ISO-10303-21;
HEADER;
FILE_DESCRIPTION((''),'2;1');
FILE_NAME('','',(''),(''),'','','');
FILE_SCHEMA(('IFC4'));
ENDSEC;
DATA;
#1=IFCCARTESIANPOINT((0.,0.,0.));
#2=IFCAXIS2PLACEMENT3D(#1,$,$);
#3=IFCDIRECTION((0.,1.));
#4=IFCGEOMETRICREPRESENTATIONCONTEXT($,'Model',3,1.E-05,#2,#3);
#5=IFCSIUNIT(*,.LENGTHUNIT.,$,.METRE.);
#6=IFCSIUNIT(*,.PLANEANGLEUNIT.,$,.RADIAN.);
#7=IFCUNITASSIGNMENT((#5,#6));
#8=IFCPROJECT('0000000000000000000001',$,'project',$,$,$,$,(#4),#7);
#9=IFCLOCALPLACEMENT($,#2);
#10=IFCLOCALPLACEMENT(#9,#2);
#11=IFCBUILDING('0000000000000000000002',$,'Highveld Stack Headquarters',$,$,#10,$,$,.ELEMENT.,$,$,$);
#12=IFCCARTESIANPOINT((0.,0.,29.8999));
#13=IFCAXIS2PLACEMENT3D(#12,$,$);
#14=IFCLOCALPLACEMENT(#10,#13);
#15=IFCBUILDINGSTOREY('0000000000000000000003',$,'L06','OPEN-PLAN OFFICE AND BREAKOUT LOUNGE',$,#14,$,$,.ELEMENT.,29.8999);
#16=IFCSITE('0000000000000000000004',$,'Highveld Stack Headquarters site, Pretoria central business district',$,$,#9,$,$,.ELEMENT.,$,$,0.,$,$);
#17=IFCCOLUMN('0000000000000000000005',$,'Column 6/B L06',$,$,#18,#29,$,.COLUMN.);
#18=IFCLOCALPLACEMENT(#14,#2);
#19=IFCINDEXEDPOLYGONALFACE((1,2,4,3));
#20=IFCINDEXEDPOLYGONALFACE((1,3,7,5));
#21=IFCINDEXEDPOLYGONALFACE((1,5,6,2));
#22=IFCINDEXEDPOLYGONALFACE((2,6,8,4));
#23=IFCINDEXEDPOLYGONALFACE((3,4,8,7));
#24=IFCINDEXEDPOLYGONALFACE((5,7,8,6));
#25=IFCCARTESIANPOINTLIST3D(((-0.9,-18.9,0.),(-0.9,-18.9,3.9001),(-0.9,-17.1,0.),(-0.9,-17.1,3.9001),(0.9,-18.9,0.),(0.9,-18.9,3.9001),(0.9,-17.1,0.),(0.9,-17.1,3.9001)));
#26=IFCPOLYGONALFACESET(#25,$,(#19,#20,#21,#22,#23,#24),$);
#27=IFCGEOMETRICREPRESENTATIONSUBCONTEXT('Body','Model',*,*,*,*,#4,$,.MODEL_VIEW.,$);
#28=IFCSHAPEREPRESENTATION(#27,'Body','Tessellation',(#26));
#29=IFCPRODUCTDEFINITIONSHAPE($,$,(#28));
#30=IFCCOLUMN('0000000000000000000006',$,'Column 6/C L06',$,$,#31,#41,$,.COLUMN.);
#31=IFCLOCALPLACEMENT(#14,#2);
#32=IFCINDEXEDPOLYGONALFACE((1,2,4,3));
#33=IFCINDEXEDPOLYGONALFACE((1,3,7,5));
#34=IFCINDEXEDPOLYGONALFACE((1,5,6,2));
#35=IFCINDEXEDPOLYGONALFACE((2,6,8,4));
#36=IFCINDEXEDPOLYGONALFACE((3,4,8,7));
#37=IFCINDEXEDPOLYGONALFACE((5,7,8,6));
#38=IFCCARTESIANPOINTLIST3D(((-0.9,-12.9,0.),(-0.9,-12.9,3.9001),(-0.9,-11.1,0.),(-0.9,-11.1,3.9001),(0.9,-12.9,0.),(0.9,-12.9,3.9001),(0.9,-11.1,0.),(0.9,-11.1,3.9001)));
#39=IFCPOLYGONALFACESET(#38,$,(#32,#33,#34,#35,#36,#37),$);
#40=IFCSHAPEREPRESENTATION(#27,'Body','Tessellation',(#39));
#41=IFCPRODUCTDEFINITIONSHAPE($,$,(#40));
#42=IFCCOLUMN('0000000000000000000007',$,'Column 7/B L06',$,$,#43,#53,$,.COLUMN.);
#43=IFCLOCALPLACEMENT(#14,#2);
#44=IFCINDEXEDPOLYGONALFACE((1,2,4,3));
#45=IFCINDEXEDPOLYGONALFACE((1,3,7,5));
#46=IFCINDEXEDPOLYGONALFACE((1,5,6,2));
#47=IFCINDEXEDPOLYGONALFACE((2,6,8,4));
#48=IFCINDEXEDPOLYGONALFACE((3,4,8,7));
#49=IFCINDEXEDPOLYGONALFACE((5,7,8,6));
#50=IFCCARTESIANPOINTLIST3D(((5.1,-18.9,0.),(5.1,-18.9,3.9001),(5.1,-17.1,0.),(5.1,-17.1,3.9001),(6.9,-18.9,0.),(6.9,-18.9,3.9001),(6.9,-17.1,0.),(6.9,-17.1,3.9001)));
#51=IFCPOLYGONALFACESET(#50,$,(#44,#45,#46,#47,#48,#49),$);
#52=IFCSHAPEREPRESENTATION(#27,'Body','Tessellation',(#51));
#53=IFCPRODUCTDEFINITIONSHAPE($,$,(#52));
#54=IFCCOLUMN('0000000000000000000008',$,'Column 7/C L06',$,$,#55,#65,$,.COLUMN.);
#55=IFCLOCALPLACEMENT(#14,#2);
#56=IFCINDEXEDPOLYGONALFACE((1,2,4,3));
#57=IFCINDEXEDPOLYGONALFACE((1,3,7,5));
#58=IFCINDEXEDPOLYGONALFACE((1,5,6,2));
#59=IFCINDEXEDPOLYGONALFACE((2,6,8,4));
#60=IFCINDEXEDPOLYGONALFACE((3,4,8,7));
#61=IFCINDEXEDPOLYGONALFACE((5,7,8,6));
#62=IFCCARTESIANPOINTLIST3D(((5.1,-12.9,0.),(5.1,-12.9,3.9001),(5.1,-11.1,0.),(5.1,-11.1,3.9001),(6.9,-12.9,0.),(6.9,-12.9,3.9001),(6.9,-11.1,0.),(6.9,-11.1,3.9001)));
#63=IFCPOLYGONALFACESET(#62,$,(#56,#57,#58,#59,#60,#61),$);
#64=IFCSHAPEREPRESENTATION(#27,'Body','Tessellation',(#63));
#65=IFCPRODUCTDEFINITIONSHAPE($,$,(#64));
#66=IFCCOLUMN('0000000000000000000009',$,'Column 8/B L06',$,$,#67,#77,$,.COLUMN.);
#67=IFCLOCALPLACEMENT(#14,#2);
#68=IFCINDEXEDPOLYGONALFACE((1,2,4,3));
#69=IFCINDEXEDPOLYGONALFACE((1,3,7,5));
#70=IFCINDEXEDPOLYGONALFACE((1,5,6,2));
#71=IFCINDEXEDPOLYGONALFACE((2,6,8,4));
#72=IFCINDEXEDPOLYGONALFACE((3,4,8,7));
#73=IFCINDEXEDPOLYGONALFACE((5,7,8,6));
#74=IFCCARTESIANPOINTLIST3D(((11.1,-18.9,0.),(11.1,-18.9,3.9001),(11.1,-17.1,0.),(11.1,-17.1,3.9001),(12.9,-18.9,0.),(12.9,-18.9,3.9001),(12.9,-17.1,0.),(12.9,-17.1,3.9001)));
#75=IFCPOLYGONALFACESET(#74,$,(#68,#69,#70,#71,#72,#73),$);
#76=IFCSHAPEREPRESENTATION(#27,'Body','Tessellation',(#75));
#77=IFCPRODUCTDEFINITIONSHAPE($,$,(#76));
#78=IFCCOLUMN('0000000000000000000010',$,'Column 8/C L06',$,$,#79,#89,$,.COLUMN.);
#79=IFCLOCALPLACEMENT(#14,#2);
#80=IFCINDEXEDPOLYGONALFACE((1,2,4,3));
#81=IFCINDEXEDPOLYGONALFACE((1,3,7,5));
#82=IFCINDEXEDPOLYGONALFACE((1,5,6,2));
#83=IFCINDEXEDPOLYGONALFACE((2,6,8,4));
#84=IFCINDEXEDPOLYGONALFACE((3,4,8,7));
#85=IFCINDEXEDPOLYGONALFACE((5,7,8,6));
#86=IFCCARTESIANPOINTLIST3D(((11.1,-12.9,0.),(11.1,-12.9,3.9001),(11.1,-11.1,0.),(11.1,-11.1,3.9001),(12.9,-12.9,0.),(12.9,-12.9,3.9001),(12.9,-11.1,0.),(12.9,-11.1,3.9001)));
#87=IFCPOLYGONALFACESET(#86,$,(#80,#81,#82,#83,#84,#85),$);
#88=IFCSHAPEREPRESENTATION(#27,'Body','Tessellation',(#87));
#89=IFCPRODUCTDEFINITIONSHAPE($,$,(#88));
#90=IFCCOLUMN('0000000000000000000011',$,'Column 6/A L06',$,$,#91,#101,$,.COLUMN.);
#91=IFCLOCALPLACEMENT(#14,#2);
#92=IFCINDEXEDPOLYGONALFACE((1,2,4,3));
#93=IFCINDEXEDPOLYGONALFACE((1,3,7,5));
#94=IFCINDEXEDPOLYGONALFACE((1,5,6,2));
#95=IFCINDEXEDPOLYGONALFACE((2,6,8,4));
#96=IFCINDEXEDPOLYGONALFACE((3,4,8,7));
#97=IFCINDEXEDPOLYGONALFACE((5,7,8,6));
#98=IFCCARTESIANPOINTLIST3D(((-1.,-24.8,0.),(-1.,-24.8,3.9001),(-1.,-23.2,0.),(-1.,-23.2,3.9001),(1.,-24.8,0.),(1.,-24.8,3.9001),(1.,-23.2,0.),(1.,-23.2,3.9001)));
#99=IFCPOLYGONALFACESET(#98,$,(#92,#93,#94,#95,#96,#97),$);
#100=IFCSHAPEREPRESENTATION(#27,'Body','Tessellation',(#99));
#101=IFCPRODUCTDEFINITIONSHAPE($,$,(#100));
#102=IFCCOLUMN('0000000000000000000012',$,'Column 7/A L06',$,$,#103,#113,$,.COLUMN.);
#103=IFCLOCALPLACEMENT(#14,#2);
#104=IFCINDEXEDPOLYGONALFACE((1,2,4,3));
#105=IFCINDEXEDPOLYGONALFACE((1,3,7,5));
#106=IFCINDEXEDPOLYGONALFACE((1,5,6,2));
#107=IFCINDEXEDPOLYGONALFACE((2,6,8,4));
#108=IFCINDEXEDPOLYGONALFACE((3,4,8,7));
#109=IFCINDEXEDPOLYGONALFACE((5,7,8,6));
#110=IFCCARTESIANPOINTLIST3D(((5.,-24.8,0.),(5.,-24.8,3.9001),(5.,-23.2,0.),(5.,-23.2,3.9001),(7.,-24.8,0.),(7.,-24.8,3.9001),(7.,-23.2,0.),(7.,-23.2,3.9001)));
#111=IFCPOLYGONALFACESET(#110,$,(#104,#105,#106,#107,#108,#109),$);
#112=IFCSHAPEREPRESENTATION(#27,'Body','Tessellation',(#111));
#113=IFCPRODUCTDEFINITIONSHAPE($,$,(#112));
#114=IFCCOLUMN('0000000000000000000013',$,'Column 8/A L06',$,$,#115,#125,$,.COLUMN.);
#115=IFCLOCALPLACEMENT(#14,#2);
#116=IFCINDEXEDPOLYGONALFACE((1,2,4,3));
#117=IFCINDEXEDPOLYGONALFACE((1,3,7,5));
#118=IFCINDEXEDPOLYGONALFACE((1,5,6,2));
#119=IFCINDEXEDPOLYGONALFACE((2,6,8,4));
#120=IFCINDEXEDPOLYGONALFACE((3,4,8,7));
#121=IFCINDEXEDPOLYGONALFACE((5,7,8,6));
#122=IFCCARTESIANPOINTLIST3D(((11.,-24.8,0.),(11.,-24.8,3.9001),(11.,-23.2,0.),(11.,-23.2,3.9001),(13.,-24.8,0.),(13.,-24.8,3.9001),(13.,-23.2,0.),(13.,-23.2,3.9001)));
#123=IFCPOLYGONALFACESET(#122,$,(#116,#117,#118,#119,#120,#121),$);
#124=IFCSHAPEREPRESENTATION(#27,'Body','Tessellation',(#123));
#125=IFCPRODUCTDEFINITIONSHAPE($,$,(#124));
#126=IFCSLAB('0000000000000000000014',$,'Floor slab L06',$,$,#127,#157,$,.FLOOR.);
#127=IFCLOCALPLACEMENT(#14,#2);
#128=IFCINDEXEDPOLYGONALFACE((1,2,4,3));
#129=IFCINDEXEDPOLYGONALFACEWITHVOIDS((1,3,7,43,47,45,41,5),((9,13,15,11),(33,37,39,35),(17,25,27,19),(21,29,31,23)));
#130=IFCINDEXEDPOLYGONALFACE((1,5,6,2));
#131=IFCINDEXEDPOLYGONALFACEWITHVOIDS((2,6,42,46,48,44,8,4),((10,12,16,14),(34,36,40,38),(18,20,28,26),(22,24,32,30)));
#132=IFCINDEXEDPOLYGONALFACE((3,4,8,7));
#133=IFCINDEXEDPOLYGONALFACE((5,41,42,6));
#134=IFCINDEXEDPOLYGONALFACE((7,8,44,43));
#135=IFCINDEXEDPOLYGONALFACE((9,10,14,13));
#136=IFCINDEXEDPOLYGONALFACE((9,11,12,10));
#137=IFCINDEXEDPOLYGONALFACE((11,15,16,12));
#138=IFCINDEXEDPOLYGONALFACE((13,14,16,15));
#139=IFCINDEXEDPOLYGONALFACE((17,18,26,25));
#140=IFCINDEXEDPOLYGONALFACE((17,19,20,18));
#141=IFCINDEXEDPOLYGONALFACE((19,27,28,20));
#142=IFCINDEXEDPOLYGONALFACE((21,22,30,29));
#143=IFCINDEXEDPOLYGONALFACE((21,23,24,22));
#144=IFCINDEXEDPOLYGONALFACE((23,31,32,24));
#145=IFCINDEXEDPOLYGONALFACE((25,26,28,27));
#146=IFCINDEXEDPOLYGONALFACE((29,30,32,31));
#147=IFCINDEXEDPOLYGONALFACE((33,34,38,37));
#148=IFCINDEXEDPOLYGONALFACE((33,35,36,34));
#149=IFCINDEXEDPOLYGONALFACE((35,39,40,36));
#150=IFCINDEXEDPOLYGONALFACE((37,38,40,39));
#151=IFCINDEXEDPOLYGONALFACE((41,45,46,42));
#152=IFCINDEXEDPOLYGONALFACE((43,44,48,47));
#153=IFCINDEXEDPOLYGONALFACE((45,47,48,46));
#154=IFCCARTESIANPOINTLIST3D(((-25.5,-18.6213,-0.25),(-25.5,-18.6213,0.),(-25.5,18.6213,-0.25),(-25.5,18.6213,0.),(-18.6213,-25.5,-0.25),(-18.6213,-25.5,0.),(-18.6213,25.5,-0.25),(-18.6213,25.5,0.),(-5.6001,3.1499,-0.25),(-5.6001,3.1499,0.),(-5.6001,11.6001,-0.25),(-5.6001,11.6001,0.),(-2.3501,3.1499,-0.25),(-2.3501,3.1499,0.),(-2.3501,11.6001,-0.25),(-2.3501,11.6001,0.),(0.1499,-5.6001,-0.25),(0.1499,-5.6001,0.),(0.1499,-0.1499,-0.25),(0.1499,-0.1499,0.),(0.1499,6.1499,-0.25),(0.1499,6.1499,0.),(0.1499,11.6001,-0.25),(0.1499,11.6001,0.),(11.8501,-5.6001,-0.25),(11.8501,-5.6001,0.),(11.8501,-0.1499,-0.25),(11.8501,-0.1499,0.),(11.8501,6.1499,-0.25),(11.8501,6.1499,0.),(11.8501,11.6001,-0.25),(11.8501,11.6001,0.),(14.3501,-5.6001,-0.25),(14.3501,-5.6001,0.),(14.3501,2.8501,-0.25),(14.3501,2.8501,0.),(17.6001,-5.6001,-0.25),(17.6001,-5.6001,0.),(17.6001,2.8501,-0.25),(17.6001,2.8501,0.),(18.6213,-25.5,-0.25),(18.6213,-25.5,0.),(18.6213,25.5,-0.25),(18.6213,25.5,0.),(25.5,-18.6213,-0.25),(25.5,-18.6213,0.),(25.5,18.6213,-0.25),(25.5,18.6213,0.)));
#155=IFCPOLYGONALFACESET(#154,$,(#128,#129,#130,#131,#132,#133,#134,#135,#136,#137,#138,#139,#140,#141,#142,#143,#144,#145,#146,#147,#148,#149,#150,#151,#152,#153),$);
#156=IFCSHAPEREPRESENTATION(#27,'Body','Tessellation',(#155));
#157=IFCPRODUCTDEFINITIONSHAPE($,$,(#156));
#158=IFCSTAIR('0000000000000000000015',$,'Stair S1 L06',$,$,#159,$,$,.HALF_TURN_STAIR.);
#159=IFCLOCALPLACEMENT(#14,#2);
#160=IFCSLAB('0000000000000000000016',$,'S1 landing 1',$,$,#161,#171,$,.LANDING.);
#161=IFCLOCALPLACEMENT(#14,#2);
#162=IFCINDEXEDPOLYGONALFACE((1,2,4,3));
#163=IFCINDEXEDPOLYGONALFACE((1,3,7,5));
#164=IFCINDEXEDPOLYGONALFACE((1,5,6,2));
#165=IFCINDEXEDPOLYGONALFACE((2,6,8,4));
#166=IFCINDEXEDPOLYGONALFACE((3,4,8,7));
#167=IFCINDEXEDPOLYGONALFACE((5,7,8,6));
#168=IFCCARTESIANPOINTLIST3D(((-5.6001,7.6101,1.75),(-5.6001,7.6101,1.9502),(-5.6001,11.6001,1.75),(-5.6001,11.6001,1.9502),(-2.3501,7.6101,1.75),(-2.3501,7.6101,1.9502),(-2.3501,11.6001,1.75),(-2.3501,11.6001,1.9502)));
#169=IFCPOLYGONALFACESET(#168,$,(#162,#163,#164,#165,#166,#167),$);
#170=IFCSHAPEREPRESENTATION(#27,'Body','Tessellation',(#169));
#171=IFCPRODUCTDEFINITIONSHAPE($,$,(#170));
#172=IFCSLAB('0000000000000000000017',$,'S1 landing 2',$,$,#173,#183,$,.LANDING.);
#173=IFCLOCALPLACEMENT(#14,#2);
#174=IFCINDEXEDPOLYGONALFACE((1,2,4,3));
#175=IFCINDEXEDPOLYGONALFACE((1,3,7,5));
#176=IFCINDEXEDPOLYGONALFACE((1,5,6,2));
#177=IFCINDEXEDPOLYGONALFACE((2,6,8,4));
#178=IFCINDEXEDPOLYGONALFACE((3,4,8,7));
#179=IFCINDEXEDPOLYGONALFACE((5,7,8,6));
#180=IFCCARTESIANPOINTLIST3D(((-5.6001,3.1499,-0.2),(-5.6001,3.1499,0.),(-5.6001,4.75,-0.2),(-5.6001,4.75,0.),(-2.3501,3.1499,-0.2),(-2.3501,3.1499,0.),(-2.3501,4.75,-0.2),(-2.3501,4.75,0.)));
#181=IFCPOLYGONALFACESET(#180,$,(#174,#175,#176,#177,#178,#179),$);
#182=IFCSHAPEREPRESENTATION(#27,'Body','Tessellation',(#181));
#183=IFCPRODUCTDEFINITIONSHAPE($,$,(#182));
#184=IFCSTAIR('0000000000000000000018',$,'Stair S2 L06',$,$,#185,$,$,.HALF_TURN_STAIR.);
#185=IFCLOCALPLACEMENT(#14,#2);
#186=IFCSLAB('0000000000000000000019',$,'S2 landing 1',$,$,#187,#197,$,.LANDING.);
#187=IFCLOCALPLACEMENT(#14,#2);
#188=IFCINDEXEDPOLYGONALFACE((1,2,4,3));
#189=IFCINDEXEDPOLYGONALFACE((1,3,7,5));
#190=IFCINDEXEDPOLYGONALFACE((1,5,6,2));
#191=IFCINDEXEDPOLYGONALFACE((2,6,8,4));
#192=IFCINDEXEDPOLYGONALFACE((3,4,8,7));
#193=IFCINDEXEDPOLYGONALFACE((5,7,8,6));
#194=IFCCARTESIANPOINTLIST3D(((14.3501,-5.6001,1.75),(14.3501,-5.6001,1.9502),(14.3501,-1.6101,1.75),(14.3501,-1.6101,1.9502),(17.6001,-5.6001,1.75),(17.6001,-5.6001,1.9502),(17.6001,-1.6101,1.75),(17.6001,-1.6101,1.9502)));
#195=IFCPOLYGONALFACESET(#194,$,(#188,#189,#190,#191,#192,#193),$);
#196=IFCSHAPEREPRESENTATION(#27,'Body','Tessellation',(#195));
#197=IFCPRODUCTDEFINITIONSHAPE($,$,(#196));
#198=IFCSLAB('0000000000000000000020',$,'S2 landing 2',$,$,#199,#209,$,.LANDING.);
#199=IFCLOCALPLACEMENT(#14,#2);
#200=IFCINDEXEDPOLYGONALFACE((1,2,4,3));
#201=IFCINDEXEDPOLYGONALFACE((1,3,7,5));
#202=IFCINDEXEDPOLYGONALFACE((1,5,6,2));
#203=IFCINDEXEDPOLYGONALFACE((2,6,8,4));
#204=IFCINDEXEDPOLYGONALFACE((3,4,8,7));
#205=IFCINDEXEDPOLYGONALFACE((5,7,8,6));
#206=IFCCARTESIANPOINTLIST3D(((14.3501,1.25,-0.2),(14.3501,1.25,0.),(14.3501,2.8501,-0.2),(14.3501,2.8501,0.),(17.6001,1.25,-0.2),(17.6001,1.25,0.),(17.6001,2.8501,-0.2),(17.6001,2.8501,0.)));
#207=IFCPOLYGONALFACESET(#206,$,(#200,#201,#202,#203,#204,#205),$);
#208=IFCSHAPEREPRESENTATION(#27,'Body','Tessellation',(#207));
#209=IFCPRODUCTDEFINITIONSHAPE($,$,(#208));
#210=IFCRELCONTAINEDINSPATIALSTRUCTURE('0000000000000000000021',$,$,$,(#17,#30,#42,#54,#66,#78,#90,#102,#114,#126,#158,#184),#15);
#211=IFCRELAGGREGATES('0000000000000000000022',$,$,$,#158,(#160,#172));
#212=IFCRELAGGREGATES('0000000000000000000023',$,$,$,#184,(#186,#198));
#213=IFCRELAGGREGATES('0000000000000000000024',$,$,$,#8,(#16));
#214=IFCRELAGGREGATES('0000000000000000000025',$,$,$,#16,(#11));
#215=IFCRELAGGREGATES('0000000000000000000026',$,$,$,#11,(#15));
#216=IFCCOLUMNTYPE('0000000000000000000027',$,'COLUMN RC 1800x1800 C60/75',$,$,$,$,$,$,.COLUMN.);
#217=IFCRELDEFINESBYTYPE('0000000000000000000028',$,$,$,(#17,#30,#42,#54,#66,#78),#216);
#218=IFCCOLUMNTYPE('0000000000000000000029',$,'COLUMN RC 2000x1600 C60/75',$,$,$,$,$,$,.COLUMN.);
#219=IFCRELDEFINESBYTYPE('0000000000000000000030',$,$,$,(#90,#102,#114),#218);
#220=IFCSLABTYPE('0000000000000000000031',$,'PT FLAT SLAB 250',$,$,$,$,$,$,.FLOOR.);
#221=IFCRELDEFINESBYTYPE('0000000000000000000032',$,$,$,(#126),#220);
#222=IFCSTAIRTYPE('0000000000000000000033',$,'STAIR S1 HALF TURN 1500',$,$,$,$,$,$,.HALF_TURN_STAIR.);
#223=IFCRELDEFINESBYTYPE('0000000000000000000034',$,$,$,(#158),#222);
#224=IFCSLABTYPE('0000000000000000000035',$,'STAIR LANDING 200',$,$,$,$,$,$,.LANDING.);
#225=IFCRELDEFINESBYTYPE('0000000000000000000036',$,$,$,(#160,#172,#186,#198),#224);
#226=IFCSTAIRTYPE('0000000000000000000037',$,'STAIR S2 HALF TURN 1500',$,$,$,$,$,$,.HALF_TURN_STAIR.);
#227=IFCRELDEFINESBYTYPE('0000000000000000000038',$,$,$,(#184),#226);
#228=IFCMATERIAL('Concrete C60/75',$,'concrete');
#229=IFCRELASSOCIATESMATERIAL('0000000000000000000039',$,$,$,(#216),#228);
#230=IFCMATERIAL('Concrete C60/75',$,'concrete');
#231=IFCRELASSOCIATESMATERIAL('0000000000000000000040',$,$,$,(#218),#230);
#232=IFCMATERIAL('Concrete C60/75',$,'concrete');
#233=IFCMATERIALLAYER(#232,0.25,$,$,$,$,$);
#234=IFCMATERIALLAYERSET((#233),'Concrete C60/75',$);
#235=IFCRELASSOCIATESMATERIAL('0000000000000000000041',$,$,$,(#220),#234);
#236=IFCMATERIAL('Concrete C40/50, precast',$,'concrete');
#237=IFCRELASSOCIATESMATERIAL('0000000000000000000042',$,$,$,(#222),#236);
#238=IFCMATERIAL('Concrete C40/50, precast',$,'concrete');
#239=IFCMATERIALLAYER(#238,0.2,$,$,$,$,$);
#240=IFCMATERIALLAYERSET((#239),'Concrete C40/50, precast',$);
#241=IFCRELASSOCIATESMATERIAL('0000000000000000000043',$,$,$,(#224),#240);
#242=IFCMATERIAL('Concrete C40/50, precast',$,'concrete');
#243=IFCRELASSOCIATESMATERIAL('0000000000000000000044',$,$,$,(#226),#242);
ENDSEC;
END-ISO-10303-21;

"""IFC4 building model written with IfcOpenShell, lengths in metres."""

from ifc_helpers import new_model, si_unit, direction, frame, origin, origin_2d, place, context, subcontext, project, spatial, polyline, rectangle, outline, extrude, material, layer, layer_set, material_profile, profile_set, type_object, element, aggregate, save


model = new_model("IFC4")

# Units and contexts
model_context = context("Model", 3, precision=1e-05, world=origin(), true_north=direction((0.0, 1.0)))
body_context = subcontext(model_context, "Body", "Model", "MODEL_VIEW")
ifc_project = project(units=[si_unit("LENGTHUNIT", "METRE"), si_unit("PLANEANGLEUNIT", "RADIAN")], contexts=[model_context])

# Site, building, storey
site_placement = place(None, origin())
site = spatial("IfcSite", under=ifc_project, at=site_placement, Name="Highveld Stack Headquarters site, Pretoria central business district", CompositionType="ELEMENT", RefElevation=0.0)
building_placement = place(site_placement, origin())
building = spatial("IfcBuilding", under=site, at=building_placement, Name="Highveld Stack Headquarters", CompositionType="ELEMENT")
storey_placement = place(building_placement, frame((0.0, 0.0, 29.8999)))
storey = spatial("IfcBuildingStorey", under=building, at=storey_placement, Name="L06", Description="OPEN-PLAN OFFICE AND BREAKOUT LOUNGE", CompositionType="ELEMENT", Elevation=29.8999)

# Columns
ifc_material_1 = material(Name="Concrete C60/75", Category="concrete")
ifc_material_profile_1 = material_profile(ifc_material_1, rectangle(XDim=1.8, YDim=1.8, at=origin_2d()), Name="RC 1800x1800")
ifc_profile_set_1 = profile_set([ifc_material_profile_1], Name="Concrete C60/75")
column_type_1 = type_object("IfcColumnType", Name="COLUMN RC 1800x1800 C60/75", PredefinedType="COLUMN", material=ifc_profile_set_1)
for number, where, z_axis, x_axis, name in (
    (1, (0.0, -18.0, 0.0), (0.0, 0.0, 1.0), (1.0, 0.0, 0.0), "Column 6/B L06"),
    (2, (0.0, -12.0, 0.0), (0.0, 0.0, 1.0), (1.0, 0.0, 0.0), "Column 6/C L06"),
    (3, (6.0, -18.0, 0.0), (0.0, 0.0, 1.0), (1.0, 0.0, 0.0), "Column 7/B L06"),
    (4, (6.0, -12.0, 0.0), (0.0, 0.0, 1.0), (1.0, 0.0, 0.0), "Column 7/C L06"),
    (5, (12.0, -18.0, 0.0), (0.0, 0.0, 1.0), (1.0, 0.0, 0.0), "Column 8/B L06"),
    (6, (12.0, -12.0, 0.0), (0.0, 0.0, 1.0), (1.0, 0.0, 0.0), "Column 8/C L06"),
):
    element("IfcColumn", number, at=place(storey_placement, frame(where, z_axis=z_axis, x_axis=x_axis)), inside=storey, type_object=column_type_1, Name=name, PredefinedType="COLUMN", context=body_context, shape_type="SweptSolid", body=[
        extrude(rectangle(XDim=1.8, YDim=1.8, at=origin_2d()), origin(), (0.0, 0.0, 1.0), 3.9001),
    ])
ifc_material_2 = material(Name="Concrete C60/75", Category="concrete")
ifc_material_profile_2 = material_profile(ifc_material_2, rectangle(XDim=2.0, YDim=1.6001, at=origin_2d()), Name="RC 2000x1600")
ifc_profile_set_2 = profile_set([ifc_material_profile_2], Name="Concrete C60/75")
column_type_2 = type_object("IfcColumnType", Name="COLUMN RC 2000x1600 C60/75", PredefinedType="COLUMN", material=ifc_profile_set_2)
for number, where, z_axis, x_axis, name in (
    (7, (0.0, -24.0, 0.0), (0.0, 0.0, 1.0), (1.0, 0.0, 0.0), "Column 6/A L06"),
    (8, (6.0, -24.0, 0.0), (0.0, 0.0, 1.0), (1.0, 0.0, 0.0), "Column 7/A L06"),
    (9, (12.0, -24.0, 0.0), (0.0, 0.0, 1.0), (1.0, 0.0, 0.0), "Column 8/A L06"),
):
    element("IfcColumn", number, at=place(storey_placement, frame(where, z_axis=z_axis, x_axis=x_axis)), inside=storey, type_object=column_type_2, Name=name, PredefinedType="COLUMN", context=body_context, shape_type="SweptSolid", body=[
        extrude(rectangle(XDim=2.0, YDim=1.6001, at=origin_2d()), origin(), (0.0, 0.0, 1.0), 3.9001),
    ])

# Slab
ifc_material_3 = material(Name="Concrete C60/75", Category="concrete")
ifc_layer_1 = layer(ifc_material_3, 0.25)
ifc_layer_set_1 = layer_set([ifc_layer_1], Name="Concrete C60/75")
slab_type_1 = type_object("IfcSlabType", Name="PT FLAT SLAB 250", PredefinedType="FLOOR", material=ifc_layer_set_1)
slab_1_placement = place(storey_placement, frame((0.0, 0.0, -0.25)))
element("IfcSlab", 10, at=slab_1_placement, inside=storey, type_object=slab_type_1, Name="Floor slab L06", PredefinedType="FLOOR", context=body_context, shape_type="SweptSolid", body=[
    extrude(outline(polyline([(-18.6213, -25.5), (18.6213, -25.5), (25.5, -18.6213), (25.5, 18.6213), (18.6213, 25.5), (-18.6213, 25.5), (-25.5, 18.6213), (-25.5, -18.6213), (-18.6213, -25.5)]), holes=[polyline([(0.1499, 6.1499), (11.8501, 6.1499), (11.8501, 11.6001), (0.1499, 11.6001), (0.1499, 6.1499)]), polyline([(0.1499, -5.6001), (11.8501, -5.6001), (11.8501, -0.1499), (0.1499, -0.1499), (0.1499, -5.6001)]), polyline([(-5.6001, 3.1499), (-2.3501, 3.1499), (-2.3501, 11.6001), (-5.6001, 11.6001), (-5.6001, 3.1499)]), polyline([(14.3501, -5.6001), (17.6001, -5.6001), (17.6001, 2.8501), (14.3501, 2.8501), (14.3501, -5.6001)])]), origin(), (0.0, 0.0, 1.0), 0.25),
])

# Stairs, slabs
ifc_material_4 = material(Name="Concrete C40/50, precast", Category="concrete")
stair_type_1 = type_object("IfcStairType", Name="STAIR S1 HALF TURN 1500", PredefinedType="HALF_TURN_STAIR", material=ifc_material_4)
stair_1_placement = place(storey_placement, origin())
stair_1 = element("IfcStair", 11, at=stair_1_placement, inside=storey, type_object=stair_type_1, Name="Stair S1 L06", PredefinedType="HALF_TURN_STAIR")
ifc_material_5 = material(Name="Concrete C40/50, precast", Category="concrete")
ifc_layer_2 = layer(ifc_material_5, 0.2)
ifc_layer_set_2 = layer_set([ifc_layer_2], Name="Concrete C40/50, precast")
slab_type_2 = type_object("IfcSlabType", Name="STAIR LANDING 200", PredefinedType="LANDING", material=ifc_layer_set_2)
slab_2_placement = place(storey_placement, frame((0.0, 0.0, 1.75)))
slab_2 = element("IfcSlab", 12, at=slab_2_placement, type_object=slab_type_2, Name="S1 landing 1", PredefinedType="LANDING", context=body_context, shape_type="SweptSolid", body=[
    extrude(outline(polyline([(-5.6001, 7.6101), (-2.3501, 7.6101), (-2.3501, 11.6001), (-5.6001, 11.6001), (-5.6001, 7.6101)])), origin(), (0.0, 0.0, 1.0), 0.2002),
])
slab_3_placement = place(storey_placement, frame((0.0, 0.0, -0.2)))
slab_3 = element("IfcSlab", 13, at=slab_3_placement, type_object=slab_type_2, Name="S1 landing 2", PredefinedType="LANDING", context=body_context, shape_type="SweptSolid", body=[
    extrude(outline(polyline([(-5.6001, 3.1499), (-2.3501, 3.1499), (-2.3501, 4.75), (-5.6001, 4.75), (-5.6001, 3.1499)])), origin(), (0.0, 0.0, 1.0), 0.2),
])
aggregate(stair_1, [slab_2, slab_3])
ifc_material_6 = material(Name="Concrete C40/50, precast", Category="concrete")
stair_type_2 = type_object("IfcStairType", Name="STAIR S2 HALF TURN 1500", PredefinedType="HALF_TURN_STAIR", material=ifc_material_6)
stair_2_placement = place(storey_placement, origin())
stair_2 = element("IfcStair", 14, at=stair_2_placement, inside=storey, type_object=stair_type_2, Name="Stair S2 L06", PredefinedType="HALF_TURN_STAIR")
slab_4_placement = place(storey_placement, frame((0.0, 0.0, 1.75)))
slab_4 = element("IfcSlab", 15, at=slab_4_placement, type_object=slab_type_2, Name="S2 landing 1", PredefinedType="LANDING", context=body_context, shape_type="SweptSolid", body=[
    extrude(outline(polyline([(14.3501, -5.6001), (17.6001, -5.6001), (17.6001, -1.6101), (14.3501, -1.6101), (14.3501, -5.6001)])), origin(), (0.0, 0.0, 1.0), 0.2002),
])
slab_5_placement = place(storey_placement, frame((0.0, 0.0, -0.2)))
slab_5 = element("IfcSlab", 16, at=slab_5_placement, type_object=slab_type_2, Name="S2 landing 2", PredefinedType="LANDING", context=body_context, shape_type="SweptSolid", body=[
    extrude(outline(polyline([(14.3501, 1.25), (17.6001, 1.25), (17.6001, 2.8501), (14.3501, 2.8501), (14.3501, 1.25)])), origin(), (0.0, 0.0, 1.0), 0.2),
])

aggregate(stair_2, [slab_4, slab_5])

save(model, "model.ifc")
